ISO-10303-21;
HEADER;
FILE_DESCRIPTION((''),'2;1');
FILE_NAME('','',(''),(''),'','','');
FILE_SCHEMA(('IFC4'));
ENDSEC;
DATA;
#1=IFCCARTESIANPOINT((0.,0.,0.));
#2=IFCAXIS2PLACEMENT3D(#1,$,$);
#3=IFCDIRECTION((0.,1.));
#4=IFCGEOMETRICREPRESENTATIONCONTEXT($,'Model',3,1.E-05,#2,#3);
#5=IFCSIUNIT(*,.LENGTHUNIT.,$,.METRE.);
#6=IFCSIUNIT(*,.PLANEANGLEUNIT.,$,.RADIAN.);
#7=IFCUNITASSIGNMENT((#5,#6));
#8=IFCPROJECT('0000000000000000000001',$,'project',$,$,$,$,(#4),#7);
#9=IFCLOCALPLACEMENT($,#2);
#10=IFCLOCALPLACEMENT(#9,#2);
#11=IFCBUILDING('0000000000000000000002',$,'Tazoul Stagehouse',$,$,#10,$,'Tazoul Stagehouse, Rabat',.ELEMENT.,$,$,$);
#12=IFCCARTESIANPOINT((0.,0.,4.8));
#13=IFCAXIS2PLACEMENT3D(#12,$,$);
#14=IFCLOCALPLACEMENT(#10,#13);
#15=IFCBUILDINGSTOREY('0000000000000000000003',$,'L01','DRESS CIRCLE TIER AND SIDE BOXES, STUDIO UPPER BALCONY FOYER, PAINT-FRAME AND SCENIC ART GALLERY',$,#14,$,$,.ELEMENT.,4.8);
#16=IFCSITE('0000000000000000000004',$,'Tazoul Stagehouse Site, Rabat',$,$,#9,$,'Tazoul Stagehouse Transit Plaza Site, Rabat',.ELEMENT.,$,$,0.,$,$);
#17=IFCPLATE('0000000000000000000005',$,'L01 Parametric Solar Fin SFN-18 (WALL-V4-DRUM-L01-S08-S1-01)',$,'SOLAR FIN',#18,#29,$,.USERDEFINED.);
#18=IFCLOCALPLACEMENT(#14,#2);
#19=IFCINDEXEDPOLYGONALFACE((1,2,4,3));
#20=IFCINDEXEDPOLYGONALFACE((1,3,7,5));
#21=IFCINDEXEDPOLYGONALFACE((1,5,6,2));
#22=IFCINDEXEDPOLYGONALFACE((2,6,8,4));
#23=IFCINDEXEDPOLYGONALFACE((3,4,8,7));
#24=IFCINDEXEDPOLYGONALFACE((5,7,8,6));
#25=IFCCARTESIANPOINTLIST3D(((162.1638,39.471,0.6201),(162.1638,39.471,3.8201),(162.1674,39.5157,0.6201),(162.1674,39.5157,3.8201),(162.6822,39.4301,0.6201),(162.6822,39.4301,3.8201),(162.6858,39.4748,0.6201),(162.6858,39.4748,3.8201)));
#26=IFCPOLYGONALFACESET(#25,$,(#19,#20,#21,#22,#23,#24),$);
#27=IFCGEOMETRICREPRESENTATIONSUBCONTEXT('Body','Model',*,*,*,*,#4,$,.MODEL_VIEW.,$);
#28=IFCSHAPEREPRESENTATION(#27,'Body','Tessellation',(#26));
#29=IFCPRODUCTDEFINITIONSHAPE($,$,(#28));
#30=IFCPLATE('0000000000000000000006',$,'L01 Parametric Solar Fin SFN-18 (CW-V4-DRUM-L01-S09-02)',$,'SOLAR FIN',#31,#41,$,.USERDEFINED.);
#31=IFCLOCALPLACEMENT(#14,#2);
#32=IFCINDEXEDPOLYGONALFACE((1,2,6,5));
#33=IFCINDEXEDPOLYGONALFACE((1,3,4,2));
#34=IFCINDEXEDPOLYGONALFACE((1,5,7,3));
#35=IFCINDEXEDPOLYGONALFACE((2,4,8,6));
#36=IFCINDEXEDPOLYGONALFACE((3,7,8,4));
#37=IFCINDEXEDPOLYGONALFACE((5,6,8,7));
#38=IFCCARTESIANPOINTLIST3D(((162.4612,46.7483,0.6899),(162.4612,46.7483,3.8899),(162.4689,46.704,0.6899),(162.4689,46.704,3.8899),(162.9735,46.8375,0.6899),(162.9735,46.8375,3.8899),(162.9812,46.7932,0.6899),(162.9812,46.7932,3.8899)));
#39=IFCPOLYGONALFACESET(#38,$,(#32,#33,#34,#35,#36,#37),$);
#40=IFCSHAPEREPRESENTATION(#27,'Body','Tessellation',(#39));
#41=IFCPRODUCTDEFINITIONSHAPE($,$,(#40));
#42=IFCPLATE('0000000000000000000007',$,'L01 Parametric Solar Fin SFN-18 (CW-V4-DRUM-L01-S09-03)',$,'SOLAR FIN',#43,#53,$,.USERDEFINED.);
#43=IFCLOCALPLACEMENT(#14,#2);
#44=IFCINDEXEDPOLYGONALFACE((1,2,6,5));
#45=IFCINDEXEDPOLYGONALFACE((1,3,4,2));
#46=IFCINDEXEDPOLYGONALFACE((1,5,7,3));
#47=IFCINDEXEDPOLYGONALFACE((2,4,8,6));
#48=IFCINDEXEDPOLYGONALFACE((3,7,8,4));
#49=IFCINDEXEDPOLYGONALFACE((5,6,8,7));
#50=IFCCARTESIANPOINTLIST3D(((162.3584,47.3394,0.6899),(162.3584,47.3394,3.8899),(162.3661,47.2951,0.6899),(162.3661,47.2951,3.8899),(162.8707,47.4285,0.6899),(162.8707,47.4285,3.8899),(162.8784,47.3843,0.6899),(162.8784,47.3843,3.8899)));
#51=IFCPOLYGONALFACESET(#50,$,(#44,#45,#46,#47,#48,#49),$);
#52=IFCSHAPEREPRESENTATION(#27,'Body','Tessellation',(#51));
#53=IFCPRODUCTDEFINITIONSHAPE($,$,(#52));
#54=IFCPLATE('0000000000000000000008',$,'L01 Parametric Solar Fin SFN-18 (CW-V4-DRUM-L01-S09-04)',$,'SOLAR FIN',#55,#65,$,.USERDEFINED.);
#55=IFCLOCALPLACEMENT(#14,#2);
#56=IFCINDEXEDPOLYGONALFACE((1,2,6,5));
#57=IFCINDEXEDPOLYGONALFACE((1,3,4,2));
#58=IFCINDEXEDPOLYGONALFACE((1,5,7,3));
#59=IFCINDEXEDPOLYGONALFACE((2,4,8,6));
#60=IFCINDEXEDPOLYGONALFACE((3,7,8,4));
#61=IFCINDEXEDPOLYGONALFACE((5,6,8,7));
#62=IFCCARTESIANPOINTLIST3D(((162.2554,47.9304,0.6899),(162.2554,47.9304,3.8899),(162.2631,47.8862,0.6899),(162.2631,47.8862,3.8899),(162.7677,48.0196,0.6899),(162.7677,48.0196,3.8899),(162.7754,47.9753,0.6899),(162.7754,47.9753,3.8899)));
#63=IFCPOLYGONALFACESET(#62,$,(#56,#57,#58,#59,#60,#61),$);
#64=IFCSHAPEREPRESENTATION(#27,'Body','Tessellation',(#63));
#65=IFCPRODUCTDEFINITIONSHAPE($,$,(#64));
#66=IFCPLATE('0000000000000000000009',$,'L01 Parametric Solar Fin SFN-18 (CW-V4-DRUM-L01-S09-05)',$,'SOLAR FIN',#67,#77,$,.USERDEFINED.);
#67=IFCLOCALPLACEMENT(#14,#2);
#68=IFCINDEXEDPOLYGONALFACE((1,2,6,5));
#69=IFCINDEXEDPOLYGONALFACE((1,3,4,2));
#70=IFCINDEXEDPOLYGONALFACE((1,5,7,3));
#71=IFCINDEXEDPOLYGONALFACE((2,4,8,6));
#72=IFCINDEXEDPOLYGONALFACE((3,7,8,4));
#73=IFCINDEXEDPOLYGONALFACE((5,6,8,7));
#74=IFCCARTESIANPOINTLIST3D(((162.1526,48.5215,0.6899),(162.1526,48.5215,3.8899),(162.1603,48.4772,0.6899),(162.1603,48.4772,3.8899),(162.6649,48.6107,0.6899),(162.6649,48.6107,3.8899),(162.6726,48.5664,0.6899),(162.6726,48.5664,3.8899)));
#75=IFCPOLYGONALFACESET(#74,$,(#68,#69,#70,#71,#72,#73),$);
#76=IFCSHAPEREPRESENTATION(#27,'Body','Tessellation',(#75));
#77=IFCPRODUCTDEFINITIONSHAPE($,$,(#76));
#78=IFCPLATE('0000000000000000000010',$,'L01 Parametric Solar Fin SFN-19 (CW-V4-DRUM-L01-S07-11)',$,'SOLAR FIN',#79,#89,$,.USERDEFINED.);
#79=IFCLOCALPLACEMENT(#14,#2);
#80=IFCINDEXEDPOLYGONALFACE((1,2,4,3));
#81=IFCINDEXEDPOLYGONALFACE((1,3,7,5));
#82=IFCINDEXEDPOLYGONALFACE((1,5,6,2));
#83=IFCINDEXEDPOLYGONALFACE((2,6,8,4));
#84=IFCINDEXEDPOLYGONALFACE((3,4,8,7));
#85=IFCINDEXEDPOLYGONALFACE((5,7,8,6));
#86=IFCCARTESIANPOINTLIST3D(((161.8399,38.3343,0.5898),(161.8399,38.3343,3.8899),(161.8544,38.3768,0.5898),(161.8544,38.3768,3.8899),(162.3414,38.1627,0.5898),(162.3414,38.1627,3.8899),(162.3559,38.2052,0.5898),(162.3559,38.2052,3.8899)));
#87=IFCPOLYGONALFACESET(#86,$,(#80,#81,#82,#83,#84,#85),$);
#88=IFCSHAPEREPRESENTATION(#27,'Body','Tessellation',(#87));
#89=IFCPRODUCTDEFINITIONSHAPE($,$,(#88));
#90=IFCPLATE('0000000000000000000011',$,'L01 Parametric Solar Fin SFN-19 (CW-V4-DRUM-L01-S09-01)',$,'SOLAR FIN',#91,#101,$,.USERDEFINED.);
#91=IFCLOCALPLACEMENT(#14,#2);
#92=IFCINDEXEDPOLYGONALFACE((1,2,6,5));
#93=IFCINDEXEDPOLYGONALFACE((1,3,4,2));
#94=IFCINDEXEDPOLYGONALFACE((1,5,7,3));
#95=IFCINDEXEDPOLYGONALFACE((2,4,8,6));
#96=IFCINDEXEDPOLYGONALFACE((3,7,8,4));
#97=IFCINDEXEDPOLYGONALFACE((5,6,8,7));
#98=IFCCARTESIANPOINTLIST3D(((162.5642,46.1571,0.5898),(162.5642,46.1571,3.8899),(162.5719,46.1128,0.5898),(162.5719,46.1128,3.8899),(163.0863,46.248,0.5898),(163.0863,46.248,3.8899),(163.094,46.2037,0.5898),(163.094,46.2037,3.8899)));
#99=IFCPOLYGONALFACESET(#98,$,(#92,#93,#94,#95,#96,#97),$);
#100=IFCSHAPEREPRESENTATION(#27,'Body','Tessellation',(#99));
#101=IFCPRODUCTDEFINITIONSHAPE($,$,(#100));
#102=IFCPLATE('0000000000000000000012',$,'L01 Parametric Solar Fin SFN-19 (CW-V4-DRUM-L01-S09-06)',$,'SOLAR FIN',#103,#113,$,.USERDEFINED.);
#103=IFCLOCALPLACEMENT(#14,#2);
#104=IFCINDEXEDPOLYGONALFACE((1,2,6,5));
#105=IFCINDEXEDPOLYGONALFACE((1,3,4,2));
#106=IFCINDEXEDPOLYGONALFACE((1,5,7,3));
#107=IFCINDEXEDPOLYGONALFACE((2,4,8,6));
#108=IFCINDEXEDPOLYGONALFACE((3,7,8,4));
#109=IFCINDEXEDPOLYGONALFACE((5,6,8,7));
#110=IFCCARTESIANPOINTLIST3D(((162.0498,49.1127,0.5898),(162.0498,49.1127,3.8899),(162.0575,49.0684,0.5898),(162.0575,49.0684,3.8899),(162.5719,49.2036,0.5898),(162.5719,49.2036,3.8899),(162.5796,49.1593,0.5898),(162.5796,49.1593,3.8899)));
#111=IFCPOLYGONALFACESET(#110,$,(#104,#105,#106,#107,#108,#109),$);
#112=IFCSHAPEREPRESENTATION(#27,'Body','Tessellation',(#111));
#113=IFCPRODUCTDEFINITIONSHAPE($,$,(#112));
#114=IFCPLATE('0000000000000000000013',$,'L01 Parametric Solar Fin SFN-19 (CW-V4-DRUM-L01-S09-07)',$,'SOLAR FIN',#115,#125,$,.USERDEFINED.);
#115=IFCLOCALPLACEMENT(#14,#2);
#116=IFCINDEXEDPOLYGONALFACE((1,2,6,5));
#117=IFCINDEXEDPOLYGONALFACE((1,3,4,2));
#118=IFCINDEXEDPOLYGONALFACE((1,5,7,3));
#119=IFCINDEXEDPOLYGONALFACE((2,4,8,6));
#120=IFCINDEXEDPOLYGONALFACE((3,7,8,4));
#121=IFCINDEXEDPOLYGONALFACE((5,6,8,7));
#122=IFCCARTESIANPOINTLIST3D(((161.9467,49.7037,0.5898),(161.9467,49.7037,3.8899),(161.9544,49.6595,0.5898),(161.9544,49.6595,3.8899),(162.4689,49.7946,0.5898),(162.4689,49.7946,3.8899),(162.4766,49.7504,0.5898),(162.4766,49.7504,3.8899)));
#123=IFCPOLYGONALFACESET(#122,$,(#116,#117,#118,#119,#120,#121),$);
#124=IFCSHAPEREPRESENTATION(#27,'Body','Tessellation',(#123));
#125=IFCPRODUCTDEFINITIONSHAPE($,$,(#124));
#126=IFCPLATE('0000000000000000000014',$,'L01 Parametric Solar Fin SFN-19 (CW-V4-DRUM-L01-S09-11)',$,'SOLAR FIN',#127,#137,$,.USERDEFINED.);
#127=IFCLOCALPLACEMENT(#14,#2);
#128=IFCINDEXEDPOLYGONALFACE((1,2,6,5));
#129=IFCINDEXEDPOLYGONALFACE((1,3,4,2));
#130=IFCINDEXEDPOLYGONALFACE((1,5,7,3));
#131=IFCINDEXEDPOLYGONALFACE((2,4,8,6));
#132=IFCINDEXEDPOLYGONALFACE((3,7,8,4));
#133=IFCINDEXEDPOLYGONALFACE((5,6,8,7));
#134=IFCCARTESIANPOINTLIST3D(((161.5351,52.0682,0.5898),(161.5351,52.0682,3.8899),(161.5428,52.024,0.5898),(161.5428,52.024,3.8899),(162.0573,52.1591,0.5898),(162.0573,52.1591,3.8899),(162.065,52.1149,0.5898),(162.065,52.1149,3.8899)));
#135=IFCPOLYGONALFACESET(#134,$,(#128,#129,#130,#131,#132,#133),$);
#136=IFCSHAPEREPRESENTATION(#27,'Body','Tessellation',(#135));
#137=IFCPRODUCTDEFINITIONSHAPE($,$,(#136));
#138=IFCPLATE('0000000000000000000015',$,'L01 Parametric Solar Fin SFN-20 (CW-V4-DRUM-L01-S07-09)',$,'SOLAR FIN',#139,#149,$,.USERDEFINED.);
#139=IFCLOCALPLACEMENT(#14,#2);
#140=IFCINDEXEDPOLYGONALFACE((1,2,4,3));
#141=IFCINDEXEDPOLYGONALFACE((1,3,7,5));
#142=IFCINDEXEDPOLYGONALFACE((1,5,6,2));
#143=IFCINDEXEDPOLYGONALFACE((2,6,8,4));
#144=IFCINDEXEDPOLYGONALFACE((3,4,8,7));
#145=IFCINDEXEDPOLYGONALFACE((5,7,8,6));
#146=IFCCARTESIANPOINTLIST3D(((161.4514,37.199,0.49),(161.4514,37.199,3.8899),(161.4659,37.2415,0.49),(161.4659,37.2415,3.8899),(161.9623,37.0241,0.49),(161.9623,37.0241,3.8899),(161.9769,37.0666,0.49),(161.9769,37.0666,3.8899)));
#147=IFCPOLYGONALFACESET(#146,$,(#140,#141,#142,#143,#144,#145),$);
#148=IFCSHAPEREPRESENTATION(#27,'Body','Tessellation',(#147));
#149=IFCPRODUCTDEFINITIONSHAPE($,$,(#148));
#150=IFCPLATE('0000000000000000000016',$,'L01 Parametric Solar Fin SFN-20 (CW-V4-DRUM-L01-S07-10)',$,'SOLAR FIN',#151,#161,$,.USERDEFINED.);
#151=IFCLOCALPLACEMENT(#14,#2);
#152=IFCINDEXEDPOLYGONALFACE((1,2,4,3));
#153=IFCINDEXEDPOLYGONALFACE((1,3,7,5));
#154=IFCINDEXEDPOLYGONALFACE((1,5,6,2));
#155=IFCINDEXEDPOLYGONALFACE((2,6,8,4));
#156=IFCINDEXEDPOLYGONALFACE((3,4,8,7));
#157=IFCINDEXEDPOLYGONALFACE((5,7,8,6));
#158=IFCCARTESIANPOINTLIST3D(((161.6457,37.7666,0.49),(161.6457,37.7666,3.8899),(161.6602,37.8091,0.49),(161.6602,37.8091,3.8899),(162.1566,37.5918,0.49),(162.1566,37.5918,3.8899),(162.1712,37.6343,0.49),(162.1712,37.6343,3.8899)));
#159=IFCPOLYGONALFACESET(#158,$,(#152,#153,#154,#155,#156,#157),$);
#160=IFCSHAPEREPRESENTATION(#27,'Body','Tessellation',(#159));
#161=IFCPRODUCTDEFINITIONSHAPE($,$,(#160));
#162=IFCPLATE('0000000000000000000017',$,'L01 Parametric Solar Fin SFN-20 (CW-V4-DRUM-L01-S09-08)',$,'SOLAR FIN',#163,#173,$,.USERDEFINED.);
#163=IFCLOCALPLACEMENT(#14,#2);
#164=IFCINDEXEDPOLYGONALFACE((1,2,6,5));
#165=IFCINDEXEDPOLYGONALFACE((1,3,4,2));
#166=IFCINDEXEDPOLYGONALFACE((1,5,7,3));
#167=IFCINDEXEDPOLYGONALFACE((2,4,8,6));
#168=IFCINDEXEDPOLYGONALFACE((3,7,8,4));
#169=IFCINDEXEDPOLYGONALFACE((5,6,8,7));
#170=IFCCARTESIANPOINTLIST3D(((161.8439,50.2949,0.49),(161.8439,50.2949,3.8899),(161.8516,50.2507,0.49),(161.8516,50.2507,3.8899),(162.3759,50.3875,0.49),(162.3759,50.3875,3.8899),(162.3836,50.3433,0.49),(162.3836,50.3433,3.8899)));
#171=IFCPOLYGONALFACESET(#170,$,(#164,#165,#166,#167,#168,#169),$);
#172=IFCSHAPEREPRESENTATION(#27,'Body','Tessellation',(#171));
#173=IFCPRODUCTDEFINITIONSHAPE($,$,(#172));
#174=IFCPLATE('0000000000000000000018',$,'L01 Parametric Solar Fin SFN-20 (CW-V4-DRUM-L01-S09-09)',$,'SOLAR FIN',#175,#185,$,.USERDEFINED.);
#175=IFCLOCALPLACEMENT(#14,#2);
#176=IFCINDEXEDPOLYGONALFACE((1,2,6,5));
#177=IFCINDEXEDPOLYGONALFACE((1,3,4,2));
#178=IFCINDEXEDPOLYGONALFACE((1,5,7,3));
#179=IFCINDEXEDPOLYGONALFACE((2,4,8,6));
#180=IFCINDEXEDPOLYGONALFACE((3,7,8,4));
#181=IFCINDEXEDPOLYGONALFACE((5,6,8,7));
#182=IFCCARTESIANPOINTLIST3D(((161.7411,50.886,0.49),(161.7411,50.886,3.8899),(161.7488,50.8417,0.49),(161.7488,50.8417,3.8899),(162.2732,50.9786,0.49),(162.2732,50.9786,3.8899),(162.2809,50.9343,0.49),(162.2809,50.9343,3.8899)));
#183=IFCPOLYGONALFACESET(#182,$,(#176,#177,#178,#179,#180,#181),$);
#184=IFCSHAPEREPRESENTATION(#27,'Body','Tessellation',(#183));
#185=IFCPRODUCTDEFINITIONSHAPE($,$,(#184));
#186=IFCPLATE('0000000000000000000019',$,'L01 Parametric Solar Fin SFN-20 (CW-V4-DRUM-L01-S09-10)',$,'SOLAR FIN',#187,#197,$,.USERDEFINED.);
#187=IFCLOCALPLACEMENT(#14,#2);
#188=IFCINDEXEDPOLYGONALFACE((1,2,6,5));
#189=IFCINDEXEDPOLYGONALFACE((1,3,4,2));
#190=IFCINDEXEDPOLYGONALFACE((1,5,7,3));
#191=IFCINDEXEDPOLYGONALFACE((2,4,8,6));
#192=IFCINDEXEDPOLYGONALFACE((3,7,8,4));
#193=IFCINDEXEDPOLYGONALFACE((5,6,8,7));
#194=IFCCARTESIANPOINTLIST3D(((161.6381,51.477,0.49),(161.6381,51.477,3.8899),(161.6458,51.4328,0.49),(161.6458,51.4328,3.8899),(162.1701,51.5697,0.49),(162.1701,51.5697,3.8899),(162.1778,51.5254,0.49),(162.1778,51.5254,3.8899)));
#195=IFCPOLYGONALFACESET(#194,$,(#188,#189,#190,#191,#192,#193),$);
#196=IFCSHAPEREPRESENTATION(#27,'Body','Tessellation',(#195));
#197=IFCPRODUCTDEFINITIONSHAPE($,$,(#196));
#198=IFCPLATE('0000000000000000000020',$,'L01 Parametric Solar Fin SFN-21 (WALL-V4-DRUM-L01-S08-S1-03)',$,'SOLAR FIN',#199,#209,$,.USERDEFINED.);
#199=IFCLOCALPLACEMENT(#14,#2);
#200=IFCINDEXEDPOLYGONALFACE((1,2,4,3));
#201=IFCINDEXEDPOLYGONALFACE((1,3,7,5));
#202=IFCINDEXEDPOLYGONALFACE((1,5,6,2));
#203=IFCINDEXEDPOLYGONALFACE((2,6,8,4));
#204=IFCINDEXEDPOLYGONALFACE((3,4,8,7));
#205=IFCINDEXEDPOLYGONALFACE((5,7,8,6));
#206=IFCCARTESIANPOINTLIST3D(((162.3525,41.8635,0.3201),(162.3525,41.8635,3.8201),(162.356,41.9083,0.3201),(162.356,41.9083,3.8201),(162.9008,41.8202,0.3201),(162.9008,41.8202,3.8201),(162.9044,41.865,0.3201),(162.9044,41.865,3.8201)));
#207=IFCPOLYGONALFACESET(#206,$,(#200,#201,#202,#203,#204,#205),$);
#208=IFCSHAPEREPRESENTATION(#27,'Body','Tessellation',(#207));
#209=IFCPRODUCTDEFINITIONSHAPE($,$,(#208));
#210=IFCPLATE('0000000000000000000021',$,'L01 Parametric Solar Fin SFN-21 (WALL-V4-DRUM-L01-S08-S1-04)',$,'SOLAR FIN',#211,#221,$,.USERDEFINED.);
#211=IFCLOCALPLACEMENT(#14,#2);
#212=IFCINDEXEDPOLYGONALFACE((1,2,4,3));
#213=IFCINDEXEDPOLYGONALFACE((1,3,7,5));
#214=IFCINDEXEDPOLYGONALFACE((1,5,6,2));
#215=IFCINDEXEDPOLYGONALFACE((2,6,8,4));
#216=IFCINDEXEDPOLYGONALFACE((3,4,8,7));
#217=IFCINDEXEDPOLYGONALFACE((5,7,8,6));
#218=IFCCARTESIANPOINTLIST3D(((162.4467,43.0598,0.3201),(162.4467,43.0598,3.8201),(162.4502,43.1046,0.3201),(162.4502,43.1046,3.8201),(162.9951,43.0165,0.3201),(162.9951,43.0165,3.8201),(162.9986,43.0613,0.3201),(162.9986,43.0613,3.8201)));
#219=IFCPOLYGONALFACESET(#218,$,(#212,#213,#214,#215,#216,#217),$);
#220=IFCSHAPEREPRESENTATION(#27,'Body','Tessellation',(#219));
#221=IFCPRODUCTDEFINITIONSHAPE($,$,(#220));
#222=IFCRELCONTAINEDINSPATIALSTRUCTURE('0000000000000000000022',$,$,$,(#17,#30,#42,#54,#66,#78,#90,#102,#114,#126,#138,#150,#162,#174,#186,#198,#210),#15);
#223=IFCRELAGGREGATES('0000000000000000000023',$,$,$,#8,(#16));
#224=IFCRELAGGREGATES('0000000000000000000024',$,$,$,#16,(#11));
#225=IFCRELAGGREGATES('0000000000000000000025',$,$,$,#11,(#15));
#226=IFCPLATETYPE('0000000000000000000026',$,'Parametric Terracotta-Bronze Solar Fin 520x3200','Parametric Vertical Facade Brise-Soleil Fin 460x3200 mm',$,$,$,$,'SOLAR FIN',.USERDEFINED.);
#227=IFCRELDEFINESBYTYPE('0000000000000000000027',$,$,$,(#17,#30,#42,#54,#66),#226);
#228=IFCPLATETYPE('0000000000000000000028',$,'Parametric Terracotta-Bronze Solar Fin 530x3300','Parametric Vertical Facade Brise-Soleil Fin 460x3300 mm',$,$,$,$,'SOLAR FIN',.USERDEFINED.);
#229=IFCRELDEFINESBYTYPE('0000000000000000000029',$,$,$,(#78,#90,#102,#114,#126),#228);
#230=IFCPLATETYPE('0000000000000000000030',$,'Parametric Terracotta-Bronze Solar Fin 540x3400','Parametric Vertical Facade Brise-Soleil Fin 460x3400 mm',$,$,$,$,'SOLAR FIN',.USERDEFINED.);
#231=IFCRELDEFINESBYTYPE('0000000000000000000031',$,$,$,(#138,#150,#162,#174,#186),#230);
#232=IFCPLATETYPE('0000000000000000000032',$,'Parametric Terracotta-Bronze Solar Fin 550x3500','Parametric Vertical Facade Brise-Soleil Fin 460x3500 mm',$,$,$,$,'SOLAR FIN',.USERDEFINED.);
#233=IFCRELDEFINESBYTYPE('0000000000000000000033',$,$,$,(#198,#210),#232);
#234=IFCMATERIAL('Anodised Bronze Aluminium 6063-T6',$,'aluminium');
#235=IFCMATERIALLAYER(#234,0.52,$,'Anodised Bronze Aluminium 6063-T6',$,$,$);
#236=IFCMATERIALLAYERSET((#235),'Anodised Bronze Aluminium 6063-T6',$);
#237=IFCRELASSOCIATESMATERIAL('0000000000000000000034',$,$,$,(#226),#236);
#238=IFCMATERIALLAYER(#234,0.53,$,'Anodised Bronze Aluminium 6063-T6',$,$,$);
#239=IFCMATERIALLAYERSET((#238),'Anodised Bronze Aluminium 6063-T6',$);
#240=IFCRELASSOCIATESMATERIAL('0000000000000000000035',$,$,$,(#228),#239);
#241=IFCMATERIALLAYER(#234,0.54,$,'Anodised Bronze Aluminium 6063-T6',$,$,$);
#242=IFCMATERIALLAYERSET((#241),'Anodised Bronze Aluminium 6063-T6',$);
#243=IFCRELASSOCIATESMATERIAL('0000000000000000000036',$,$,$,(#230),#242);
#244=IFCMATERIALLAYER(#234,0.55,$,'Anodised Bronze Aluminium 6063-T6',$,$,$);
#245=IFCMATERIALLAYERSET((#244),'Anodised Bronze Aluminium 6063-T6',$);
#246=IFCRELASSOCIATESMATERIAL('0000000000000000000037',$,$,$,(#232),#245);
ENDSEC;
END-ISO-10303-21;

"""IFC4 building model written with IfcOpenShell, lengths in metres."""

from ifc_helpers import new_model, si_unit, direction, frame, origin, origin_2d, place, context, subcontext, project, spatial, rectangle, extrude, material, layer, layer_set, type_object, element, save


model = new_model("IFC4")

# Units and contexts
model_context = context("Model", 3, precision=1e-05, world=origin(), true_north=direction((0.0, 1.0)))
body_context = subcontext(model_context, "Body", "Model", "MODEL_VIEW")
ifc_project = project(units=[si_unit("LENGTHUNIT", "METRE"), si_unit("PLANEANGLEUNIT", "RADIAN")], contexts=[model_context])

# Site, building, storey
site_placement = place(None, origin())
site = spatial("IfcSite", under=ifc_project, at=site_placement, Name="Tazoul Stagehouse Site, Rabat", LongName="Tazoul Stagehouse Transit Plaza Site, Rabat", CompositionType="ELEMENT", RefElevation=0.0)
building_placement = place(site_placement, origin())
building = spatial("IfcBuilding", under=site, at=building_placement, Name="Tazoul Stagehouse", LongName="Tazoul Stagehouse, Rabat", CompositionType="ELEMENT")
storey_placement = place(building_placement, frame((0.0, 0.0, 4.8)))
storey = spatial("IfcBuildingStorey", under=building, at=storey_placement, Name="L01", Description="DRESS CIRCLE TIER AND SIDE BOXES, STUDIO UPPER BALCONY FOYER, PAINT-FRAME AND SCENIC ART GALLERY", CompositionType="ELEMENT", Elevation=4.8)

# Plates
ifc_material_1 = material(Name="Anodised Bronze Aluminium 6063-T6", Category="aluminium")
ifc_layer_1 = layer(ifc_material_1, 0.52, Name="Anodised Bronze Aluminium 6063-T6")
ifc_layer_set_1 = layer_set([ifc_layer_1], Name="Anodised Bronze Aluminium 6063-T6")
plate_type_1 = type_object("IfcPlateType", Name="Parametric Terracotta-Bronze Solar Fin 520x3200", Description="Parametric Vertical Facade Brise-Soleil Fin 460x3200 mm", ElementType="SOLAR FIN", PredefinedType="USERDEFINED", material=ifc_layer_set_1)
for number, where, z_axis, x_axis, name in (
    (1, (162.4248, 39.4729, 0.6201), (0.0, 0.0, 1.0), (0.078623, 0.996904, 0.0), "L01 Parametric Solar Fin SFN-18 (WALL-V4-DRUM-L01-S08-S1-01)"),
    (2, (162.7212, 46.7708, 0.6899), (0.0, 0.0, 1.0), (-0.171496, 0.985185, 0.0), "L01 Parametric Solar Fin SFN-18 (CW-V4-DRUM-L01-S09-02)"),
    (3, (162.6184, 47.3618, 0.6899), (0.0, 0.0, 1.0), (-0.171496, 0.985185, 0.0), "L01 Parametric Solar Fin SFN-18 (CW-V4-DRUM-L01-S09-03)"),
    (4, (162.5154, 47.9529, 0.6899), (0.0, 0.0, 1.0), (-0.171496, 0.985185, 0.0), "L01 Parametric Solar Fin SFN-18 (CW-V4-DRUM-L01-S09-04)"),
    (5, (162.4126, 48.5439, 0.6899), (0.0, 0.0, 1.0), (-0.171496, 0.985185, 0.0), "L01 Parametric Solar Fin SFN-18 (CW-V4-DRUM-L01-S09-05)"),
):
    element("IfcPlate", number, at=place(storey_placement, frame(where, z_axis=z_axis, x_axis=x_axis)), inside=storey, type_object=plate_type_1, Name=name, ObjectType="SOLAR FIN", PredefinedType="USERDEFINED", context=body_context, shape_type="SweptSolid", body=[
        extrude(rectangle(XDim=0.0449, YDim=0.52, at=origin_2d()), origin(), (0.0, 0.0, 1.0), 3.2),
    ])
ifc_layer_2 = layer(ifc_material_1, 0.53, Name="Anodised Bronze Aluminium 6063-T6")
ifc_layer_set_2 = layer_set([ifc_layer_2], Name="Anodised Bronze Aluminium 6063-T6")
plate_type_2 = type_object("IfcPlateType", Name="Parametric Terracotta-Bronze Solar Fin 530x3300", Description="Parametric Vertical Facade Brise-Soleil Fin 460x3300 mm", ElementType="SOLAR FIN", PredefinedType="USERDEFINED", material=ifc_layer_set_2)
for number, where, z_axis, x_axis, name in (
    (6, (162.0979, 38.2698, 0.5898), (0.0, 0.0, 1.0), (0.323785, 0.946131, 0.0), "L01 Parametric Solar Fin SFN-19 (CW-V4-DRUM-L01-S07-11)"),
    (7, (162.8291, 46.1804, 0.5898), (0.0, 0.0, 1.0), (-0.171496, 0.985185, 0.0), "L01 Parametric Solar Fin SFN-19 (CW-V4-DRUM-L01-S09-01)"),
    (8, (162.3147, 49.136, 0.5898), (0.0, 0.0, 1.0), (-0.171496, 0.985185, 0.0), "L01 Parametric Solar Fin SFN-19 (CW-V4-DRUM-L01-S09-06)"),
    (9, (162.2117, 49.7271, 0.5898), (0.0, 0.0, 1.0), (-0.171496, 0.985185, 0.0), "L01 Parametric Solar Fin SFN-19 (CW-V4-DRUM-L01-S09-07)"),
    (10, (161.8, 52.0916, 0.5898), (0.0, 0.0, 1.0), (-0.171496, 0.985185, 0.0), "L01 Parametric Solar Fin SFN-19 (CW-V4-DRUM-L01-S09-11)"),
):
    element("IfcPlate", number, at=place(storey_placement, frame(where, z_axis=z_axis, x_axis=x_axis)), inside=storey, type_object=plate_type_2, Name=name, ObjectType="SOLAR FIN", PredefinedType="USERDEFINED", context=body_context, shape_type="SweptSolid", body=[
        extrude(rectangle(XDim=0.0449, YDim=0.53, at=origin_2d()), origin(), (0.0, 0.0, 1.0), 3.3),
    ])
ifc_layer_3 = layer(ifc_material_1, 0.54, Name="Anodised Bronze Aluminium 6063-T6")
ifc_layer_set_3 = layer_set([ifc_layer_3], Name="Anodised Bronze Aluminium 6063-T6")
plate_type_3 = type_object("IfcPlateType", Name="Parametric Terracotta-Bronze Solar Fin 540x3400", Description="Parametric Vertical Facade Brise-Soleil Fin 460x3400 mm", ElementType="SOLAR FIN", PredefinedType="USERDEFINED", material=ifc_layer_set_3)
for number, where, z_axis, x_axis, name in (
    (11, (161.7141, 37.1328, 0.49), (0.0, 0.0, 1.0), (0.323785, 0.946131, 0.0), "L01 Parametric Solar Fin SFN-20 (CW-V4-DRUM-L01-S07-09)"),
    (12, (161.9084, 37.7004, 0.49), (0.0, 0.0, 1.0), (0.323785, 0.946131, 0.0), "L01 Parametric Solar Fin SFN-20 (CW-V4-DRUM-L01-S07-10)"),
    (13, (162.1138, 50.3191, 0.49), (0.0, 0.0, 1.0), (-0.171496, 0.985185, 0.0), "L01 Parametric Solar Fin SFN-20 (CW-V4-DRUM-L01-S09-08)"),
    (14, (162.011, 50.9102, 0.49), (0.0, 0.0, 1.0), (-0.171496, 0.985185, 0.0), "L01 Parametric Solar Fin SFN-20 (CW-V4-DRUM-L01-S09-09)"),
    (15, (161.908, 51.5012, 0.49), (0.0, 0.0, 1.0), (-0.171496, 0.985185, 0.0), "L01 Parametric Solar Fin SFN-20 (CW-V4-DRUM-L01-S09-10)"),
):
    element("IfcPlate", number, at=place(storey_placement, frame(where, z_axis=z_axis, x_axis=x_axis)), inside=storey, type_object=plate_type_3, Name=name, ObjectType="SOLAR FIN", PredefinedType="USERDEFINED", context=body_context, shape_type="SweptSolid", body=[
        extrude(rectangle(XDim=0.0449, YDim=0.54, at=origin_2d()), origin(), (0.0, 0.0, 1.0), 3.3999),
    ])
ifc_layer_4 = layer(ifc_material_1, 0.55, Name="Anodised Bronze Aluminium 6063-T6")
ifc_layer_set_4 = layer_set([ifc_layer_4], Name="Anodised Bronze Aluminium 6063-T6")
plate_type_4 = type_object("IfcPlateType", Name="Parametric Terracotta-Bronze Solar Fin 550x3500", Description="Parametric Vertical Facade Brise-Soleil Fin 460x3500 mm", ElementType="SOLAR FIN", PredefinedType="USERDEFINED", material=ifc_layer_set_4)
for number, where, z_axis, x_axis, name in (
    (16, (162.6284, 41.8643, 0.3201), (0.0, 0.0, 1.0), (0.078623, 0.996904, 0.0), "L01 Parametric Solar Fin SFN-21 (WALL-V4-DRUM-L01-S08-S1-03)"),
    (17, (162.7227, 43.0605, 0.3201), (0.0, 0.0, 1.0), (0.078623, 0.996904, 0.0), "L01 Parametric Solar Fin SFN-21 (WALL-V4-DRUM-L01-S08-S1-04)"),
):
    element("IfcPlate", number, at=place(storey_placement, frame(where, z_axis=z_axis, x_axis=x_axis)), inside=storey, type_object=plate_type_4, Name=name, ObjectType="SOLAR FIN", PredefinedType="USERDEFINED", context=body_context, shape_type="SweptSolid", body=[
        extrude(rectangle(XDim=0.0449, YDim=0.55, at=origin_2d()), origin(), (0.0, 0.0, 1.0), 3.5),
    ])

save(model, "model.ifc")
